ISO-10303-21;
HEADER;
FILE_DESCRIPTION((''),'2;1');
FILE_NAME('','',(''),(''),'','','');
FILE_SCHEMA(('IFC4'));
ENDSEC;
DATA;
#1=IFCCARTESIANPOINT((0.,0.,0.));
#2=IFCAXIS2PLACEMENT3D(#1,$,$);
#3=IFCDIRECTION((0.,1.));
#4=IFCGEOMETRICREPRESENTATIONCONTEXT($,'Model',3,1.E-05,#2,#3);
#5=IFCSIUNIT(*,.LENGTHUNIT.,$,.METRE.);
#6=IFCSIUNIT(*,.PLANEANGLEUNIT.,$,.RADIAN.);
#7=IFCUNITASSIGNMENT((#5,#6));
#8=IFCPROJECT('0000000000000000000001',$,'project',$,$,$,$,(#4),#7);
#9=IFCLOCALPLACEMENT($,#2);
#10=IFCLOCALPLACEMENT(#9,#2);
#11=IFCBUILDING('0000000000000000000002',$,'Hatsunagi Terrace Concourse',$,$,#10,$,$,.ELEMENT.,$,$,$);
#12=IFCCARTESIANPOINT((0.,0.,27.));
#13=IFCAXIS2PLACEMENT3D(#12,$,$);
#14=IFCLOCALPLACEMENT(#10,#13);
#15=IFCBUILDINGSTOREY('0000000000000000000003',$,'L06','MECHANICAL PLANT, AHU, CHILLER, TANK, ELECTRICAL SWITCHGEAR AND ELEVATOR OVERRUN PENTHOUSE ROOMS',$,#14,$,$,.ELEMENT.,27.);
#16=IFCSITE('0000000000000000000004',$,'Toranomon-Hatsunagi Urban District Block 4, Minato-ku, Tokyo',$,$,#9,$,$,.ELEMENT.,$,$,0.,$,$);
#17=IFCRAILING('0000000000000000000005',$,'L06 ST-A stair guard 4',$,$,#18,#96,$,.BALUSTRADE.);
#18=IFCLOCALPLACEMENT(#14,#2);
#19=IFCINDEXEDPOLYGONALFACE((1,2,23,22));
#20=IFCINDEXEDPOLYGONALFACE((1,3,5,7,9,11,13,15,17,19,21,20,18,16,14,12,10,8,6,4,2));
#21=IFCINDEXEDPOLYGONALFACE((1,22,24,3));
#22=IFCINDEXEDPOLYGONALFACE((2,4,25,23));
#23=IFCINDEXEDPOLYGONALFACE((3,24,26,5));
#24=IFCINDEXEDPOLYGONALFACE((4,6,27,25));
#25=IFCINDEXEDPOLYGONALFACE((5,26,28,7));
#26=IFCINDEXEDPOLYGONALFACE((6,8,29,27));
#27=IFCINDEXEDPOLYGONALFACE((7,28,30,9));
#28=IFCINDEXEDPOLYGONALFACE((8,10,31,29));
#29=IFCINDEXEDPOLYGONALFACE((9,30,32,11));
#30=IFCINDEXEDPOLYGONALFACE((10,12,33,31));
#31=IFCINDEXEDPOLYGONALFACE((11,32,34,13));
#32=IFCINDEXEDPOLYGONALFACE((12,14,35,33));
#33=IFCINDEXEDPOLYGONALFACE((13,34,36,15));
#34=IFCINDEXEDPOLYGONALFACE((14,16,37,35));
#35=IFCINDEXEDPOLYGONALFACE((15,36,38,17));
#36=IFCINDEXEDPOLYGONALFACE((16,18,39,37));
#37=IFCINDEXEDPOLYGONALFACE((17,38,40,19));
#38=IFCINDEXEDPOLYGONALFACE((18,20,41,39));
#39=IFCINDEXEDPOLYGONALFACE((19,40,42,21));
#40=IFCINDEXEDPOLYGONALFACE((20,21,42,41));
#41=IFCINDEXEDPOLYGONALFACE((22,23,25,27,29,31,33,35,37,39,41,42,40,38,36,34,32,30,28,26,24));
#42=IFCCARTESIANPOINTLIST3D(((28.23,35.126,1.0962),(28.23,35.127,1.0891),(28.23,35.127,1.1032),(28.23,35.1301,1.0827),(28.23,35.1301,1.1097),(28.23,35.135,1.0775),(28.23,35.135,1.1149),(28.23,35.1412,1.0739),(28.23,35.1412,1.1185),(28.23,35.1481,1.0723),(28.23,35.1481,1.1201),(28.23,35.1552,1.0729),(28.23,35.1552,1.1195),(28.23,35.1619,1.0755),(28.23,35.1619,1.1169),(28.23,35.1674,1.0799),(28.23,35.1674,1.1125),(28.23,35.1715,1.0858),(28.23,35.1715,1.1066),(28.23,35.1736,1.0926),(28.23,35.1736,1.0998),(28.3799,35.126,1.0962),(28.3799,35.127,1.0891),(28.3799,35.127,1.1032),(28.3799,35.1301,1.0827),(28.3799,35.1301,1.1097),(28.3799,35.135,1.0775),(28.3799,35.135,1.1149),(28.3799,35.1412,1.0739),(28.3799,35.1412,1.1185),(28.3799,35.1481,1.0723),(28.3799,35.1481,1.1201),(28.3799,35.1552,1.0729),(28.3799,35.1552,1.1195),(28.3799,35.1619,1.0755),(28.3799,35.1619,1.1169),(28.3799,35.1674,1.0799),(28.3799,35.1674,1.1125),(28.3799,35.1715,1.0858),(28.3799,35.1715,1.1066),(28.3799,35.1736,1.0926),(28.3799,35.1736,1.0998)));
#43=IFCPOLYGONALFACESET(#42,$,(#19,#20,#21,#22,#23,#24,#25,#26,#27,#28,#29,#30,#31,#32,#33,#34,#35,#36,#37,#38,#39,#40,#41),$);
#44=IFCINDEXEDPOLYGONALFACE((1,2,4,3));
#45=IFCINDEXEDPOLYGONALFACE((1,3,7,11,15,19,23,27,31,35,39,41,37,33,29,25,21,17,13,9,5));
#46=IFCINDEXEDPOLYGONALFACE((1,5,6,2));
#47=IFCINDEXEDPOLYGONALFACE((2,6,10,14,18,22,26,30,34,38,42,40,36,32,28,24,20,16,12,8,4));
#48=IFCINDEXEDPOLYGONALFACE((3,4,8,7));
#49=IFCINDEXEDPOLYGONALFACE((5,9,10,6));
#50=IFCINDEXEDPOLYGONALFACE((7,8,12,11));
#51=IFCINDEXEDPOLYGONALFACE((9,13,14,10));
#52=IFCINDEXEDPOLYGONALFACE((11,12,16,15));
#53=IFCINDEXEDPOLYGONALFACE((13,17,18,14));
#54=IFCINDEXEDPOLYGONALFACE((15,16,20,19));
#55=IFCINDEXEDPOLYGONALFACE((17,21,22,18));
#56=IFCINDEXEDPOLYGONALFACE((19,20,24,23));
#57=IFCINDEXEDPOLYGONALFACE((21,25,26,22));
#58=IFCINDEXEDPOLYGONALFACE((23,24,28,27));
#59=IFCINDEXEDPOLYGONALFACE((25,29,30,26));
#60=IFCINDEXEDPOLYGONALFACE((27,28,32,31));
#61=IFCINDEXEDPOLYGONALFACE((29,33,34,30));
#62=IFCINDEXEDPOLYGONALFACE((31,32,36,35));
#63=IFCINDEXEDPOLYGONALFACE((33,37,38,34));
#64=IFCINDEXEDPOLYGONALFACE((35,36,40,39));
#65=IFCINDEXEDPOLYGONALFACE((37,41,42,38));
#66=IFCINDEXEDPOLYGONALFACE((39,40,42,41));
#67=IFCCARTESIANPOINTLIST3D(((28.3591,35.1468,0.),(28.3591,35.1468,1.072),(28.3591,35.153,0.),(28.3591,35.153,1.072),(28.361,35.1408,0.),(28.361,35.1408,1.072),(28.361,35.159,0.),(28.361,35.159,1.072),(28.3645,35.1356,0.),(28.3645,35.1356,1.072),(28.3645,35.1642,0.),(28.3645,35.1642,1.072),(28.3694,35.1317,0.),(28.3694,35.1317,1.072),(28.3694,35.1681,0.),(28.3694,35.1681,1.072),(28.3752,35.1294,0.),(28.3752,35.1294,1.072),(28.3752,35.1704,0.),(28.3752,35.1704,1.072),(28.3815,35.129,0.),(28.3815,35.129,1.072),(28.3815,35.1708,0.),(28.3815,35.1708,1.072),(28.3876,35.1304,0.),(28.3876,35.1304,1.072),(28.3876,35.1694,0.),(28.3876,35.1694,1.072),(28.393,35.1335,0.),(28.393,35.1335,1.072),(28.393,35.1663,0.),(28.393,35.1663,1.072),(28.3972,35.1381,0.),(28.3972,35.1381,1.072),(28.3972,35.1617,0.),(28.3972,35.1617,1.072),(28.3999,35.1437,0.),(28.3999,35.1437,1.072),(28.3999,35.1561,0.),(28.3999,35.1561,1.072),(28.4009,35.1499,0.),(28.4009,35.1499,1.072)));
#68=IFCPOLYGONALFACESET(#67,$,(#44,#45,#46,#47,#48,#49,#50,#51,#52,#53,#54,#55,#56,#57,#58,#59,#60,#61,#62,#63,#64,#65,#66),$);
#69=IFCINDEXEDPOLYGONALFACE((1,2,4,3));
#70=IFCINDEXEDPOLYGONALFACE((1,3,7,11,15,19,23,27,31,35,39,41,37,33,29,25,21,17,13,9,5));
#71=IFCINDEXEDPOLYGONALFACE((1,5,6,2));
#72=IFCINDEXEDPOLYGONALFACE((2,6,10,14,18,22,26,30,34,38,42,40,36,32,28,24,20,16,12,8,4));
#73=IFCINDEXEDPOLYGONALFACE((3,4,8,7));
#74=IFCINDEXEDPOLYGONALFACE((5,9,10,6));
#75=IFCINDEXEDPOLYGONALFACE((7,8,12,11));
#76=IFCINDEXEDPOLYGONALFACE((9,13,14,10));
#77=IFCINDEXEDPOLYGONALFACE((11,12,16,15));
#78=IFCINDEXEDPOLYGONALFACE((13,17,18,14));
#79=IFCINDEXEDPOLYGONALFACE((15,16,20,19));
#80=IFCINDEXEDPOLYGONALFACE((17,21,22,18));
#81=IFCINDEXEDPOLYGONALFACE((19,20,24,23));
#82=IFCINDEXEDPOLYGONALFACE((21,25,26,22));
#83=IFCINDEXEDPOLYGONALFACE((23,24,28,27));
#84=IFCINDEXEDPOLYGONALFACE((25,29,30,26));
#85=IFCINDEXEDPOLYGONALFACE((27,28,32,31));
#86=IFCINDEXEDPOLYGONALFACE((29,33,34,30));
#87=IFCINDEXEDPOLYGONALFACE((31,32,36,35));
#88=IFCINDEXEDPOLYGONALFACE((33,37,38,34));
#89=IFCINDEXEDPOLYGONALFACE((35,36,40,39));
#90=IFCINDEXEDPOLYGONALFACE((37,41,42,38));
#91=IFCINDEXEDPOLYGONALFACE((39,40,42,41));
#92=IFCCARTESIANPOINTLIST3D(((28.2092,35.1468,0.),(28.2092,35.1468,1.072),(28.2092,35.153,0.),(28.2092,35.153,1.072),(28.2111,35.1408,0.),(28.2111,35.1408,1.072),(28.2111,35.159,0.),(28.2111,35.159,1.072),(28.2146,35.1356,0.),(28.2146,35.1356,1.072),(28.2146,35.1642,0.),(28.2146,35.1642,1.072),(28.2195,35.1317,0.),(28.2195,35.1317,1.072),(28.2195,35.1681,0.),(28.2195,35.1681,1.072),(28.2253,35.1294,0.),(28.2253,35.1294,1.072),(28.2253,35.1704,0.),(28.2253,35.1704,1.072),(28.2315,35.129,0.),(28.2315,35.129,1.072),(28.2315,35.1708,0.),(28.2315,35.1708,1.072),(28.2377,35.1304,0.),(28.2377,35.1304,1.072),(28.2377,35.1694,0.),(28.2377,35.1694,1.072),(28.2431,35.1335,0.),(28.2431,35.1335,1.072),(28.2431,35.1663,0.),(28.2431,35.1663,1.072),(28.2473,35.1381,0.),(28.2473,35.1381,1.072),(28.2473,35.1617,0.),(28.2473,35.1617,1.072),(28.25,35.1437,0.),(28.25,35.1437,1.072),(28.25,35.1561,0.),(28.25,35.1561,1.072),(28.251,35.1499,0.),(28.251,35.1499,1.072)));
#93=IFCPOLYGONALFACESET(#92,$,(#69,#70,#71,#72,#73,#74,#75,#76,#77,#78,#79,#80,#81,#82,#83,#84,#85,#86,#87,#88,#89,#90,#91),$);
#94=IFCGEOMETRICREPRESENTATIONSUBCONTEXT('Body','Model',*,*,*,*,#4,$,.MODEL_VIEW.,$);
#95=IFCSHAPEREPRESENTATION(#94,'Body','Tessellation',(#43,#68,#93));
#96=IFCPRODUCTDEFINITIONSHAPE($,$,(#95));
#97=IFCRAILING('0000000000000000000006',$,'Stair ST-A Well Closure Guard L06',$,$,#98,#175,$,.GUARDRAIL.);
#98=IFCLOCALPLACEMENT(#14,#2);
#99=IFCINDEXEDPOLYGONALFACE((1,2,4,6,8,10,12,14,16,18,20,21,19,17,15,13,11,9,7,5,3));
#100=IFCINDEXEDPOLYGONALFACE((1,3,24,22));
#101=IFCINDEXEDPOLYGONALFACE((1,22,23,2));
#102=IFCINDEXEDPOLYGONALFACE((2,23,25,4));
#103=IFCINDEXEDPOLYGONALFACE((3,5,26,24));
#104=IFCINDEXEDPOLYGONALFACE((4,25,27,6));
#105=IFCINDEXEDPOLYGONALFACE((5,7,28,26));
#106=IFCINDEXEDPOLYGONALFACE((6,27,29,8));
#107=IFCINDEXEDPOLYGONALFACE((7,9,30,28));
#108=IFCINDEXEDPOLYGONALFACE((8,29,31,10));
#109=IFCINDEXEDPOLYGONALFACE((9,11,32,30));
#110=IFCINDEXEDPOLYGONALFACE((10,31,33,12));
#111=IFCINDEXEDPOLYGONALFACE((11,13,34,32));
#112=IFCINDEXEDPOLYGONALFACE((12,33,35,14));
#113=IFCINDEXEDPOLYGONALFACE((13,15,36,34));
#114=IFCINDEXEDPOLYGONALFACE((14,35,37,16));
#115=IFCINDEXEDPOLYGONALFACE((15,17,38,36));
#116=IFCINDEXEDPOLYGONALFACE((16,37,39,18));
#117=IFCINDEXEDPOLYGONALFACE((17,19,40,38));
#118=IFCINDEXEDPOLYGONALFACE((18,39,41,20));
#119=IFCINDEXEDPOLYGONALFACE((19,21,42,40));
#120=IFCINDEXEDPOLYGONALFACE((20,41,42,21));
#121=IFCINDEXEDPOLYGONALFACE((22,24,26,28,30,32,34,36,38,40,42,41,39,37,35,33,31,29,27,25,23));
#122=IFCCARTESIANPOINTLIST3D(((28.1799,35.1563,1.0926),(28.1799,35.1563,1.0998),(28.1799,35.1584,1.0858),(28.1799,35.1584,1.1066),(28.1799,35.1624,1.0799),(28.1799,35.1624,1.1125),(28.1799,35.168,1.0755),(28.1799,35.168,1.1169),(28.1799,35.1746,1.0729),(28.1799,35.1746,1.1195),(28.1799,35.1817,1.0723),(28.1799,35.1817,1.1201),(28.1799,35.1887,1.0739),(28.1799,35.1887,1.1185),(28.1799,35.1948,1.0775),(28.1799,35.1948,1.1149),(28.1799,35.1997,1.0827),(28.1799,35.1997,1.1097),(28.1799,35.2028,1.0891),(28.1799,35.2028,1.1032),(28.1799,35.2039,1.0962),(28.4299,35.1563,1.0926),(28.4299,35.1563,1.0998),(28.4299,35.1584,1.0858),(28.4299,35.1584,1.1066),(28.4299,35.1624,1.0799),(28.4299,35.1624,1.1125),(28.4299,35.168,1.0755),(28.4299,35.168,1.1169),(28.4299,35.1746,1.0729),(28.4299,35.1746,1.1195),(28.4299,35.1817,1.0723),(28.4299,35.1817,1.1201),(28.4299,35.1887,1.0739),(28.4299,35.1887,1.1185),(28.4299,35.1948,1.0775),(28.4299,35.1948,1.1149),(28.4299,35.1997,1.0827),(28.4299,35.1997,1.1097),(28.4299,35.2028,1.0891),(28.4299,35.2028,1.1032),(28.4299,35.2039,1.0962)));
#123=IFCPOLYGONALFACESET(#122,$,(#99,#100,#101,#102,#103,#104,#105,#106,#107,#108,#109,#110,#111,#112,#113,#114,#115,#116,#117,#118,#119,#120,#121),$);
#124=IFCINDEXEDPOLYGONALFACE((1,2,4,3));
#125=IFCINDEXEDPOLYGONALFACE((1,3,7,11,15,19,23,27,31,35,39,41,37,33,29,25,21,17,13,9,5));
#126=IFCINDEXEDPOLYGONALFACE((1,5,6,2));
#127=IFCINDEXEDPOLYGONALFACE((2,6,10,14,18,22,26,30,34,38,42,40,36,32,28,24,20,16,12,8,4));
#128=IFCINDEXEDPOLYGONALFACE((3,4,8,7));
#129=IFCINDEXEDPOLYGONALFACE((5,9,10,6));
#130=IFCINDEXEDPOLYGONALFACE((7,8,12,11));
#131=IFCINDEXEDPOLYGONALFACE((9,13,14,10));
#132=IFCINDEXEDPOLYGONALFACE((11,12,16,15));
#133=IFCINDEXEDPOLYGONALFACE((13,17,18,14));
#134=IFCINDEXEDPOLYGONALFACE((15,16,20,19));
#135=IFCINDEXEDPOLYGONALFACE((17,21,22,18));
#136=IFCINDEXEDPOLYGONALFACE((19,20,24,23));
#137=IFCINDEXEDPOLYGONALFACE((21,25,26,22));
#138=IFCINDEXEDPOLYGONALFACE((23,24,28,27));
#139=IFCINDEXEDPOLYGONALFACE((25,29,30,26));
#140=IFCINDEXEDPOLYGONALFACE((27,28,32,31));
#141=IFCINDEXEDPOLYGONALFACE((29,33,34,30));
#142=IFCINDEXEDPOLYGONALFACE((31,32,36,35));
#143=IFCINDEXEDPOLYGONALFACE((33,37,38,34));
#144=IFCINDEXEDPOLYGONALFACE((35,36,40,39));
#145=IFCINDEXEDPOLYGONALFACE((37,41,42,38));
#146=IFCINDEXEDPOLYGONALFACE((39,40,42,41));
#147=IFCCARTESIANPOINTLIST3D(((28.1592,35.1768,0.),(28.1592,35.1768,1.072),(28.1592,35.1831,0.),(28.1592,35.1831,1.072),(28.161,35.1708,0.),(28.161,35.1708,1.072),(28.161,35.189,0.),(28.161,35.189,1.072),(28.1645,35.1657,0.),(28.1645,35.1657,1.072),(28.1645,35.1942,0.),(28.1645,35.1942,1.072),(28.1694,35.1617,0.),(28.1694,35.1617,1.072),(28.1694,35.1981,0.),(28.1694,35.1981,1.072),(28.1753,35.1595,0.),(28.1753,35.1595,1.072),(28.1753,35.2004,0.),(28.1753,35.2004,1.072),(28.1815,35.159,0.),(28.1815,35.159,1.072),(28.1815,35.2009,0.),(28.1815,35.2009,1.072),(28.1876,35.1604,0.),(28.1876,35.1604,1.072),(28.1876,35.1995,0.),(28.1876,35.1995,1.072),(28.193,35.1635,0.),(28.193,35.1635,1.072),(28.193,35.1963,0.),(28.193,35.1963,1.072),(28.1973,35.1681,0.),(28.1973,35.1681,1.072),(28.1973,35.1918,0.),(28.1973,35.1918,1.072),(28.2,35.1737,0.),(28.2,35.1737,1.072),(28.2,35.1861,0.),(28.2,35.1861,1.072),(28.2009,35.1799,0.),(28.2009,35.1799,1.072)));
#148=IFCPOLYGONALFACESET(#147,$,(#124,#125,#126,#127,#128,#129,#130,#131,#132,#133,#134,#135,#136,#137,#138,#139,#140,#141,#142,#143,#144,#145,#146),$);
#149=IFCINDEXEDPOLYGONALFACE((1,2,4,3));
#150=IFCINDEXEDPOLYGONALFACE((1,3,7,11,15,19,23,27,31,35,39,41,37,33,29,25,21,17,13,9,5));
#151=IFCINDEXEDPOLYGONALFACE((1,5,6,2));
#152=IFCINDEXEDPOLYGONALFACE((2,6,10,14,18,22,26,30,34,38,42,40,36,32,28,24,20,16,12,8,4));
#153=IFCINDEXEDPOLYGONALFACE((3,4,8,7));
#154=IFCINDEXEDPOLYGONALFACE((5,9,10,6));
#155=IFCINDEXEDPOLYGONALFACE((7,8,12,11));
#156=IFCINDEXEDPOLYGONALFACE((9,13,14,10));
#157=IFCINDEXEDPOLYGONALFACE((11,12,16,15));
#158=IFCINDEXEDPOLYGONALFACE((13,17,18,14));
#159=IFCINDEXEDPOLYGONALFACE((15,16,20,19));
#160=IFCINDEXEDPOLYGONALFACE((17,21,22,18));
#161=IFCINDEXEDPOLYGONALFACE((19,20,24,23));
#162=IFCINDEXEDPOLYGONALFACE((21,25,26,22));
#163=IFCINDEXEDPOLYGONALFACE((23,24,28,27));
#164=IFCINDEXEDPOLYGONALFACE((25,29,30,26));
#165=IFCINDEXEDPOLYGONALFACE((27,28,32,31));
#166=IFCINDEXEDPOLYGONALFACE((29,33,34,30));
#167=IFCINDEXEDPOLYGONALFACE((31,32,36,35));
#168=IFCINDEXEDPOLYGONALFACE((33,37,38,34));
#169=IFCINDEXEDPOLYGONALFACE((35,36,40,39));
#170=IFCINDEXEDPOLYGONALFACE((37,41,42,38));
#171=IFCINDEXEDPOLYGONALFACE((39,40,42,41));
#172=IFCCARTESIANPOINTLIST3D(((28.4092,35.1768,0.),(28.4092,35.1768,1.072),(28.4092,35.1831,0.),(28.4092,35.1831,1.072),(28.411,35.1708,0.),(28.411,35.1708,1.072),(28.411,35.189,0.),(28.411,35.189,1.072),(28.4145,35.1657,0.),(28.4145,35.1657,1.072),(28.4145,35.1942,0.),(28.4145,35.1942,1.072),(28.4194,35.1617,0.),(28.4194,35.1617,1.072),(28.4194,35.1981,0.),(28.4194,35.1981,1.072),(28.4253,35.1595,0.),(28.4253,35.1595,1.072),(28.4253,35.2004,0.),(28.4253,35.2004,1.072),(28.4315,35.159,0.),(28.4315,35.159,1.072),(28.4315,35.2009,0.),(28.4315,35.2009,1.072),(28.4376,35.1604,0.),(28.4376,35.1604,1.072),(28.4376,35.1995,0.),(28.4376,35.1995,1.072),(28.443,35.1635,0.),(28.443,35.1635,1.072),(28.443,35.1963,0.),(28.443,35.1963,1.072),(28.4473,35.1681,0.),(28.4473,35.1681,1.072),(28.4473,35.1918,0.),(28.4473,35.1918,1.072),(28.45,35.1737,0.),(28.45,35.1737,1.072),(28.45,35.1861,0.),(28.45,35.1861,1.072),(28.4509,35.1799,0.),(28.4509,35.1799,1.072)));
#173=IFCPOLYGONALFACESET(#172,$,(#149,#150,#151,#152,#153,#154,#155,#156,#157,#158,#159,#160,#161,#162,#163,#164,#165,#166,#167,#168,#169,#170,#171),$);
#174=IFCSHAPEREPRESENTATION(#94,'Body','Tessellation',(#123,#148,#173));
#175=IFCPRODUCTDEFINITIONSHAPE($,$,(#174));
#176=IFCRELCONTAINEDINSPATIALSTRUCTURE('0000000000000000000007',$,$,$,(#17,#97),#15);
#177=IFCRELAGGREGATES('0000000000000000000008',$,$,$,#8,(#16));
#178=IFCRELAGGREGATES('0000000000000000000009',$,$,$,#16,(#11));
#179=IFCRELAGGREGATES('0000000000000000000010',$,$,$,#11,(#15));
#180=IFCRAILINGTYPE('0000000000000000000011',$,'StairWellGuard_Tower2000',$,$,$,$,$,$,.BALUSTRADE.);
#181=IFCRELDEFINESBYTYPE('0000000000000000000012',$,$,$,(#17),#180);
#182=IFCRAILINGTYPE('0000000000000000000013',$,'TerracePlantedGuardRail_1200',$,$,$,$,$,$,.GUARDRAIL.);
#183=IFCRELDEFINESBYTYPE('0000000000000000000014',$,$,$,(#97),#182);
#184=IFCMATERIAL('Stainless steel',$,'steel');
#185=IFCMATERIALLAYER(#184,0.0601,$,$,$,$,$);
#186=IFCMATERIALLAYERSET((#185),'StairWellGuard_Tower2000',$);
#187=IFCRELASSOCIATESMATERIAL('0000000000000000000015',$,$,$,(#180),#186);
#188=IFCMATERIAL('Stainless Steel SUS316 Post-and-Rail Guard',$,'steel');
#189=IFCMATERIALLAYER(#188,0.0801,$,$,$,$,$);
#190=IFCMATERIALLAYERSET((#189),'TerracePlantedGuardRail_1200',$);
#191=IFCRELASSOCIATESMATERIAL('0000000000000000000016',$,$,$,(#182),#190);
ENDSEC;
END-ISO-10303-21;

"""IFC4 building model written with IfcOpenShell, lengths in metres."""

from ifc_helpers import new_model, si_unit, direction, frame, origin, origin_2d, place, context, subcontext, project, spatial, circle, extrude, material, layer, layer_set, type_object, element, save


model = new_model("IFC4")

# Units and contexts
model_context = context("Model", 3, precision=1e-05, world=origin(), true_north=direction((0.0, 1.0)))
body_context = subcontext(model_context, "Body", "Model", "MODEL_VIEW")
ifc_project = project(units=[si_unit("LENGTHUNIT", "METRE"), si_unit("PLANEANGLEUNIT", "RADIAN")], contexts=[model_context])

# Site, building, storey
site_placement = place(None, origin())
site = spatial("IfcSite", under=ifc_project, at=site_placement, Name="Toranomon-Hatsunagi Urban District Block 4, Minato-ku, Tokyo", CompositionType="ELEMENT", RefElevation=0.0)
building_placement = place(site_placement, origin())
building = spatial("IfcBuilding", under=site, at=building_placement, Name="Hatsunagi Terrace Concourse", CompositionType="ELEMENT")
storey_placement = place(building_placement, frame((0.0, 0.0, 27.0)))
storey = spatial("IfcBuildingStorey", under=building, at=storey_placement, Name="L06", Description="MECHANICAL PLANT, AHU, CHILLER, TANK, ELECTRICAL SWITCHGEAR AND ELEVATOR OVERRUN PENTHOUSE ROOMS", CompositionType="ELEMENT", Elevation=27.0)

# Railings
ifc_material_1 = material(Name="Stainless steel", Category="steel")
ifc_layer_1 = layer(ifc_material_1, 0.0601)
ifc_layer_set_1 = layer_set([ifc_layer_1], Name="StairWellGuard_Tower2000")
railing_type_1 = type_object("IfcRailingType", Name="StairWellGuard_Tower2000", PredefinedType="BALUSTRADE", material=ifc_layer_set_1)
railing_1_placement = place(storey_placement, frame((28.3799, 35.1499, 0.0)))
element("IfcRailing", 1, at=railing_1_placement, inside=storey, type_object=railing_type_1, Name="L06 ST-A stair guard 4", PredefinedType="BALUSTRADE", context=body_context, shape_type="SweptSolid", body=[
    extrude(circle(Radius=0.0239, at=origin_2d()), frame((0.0, 0.0, 1.0962), z_axis=(-1.0, 0.0, 0.0), x_axis=(0.0, -1.0, 0.0)), (0.0, 0.0, 1.0), 0.1499),
    extrude(circle(Radius=0.021, at=origin_2d()), origin(), (0.0, 0.0, 1.0), 1.072),
    extrude(circle(Radius=0.021, at=origin_2d()), frame((-0.1499, 0.0, 0.0)), (0.0, 0.0, 1.0), 1.072),
])
ifc_material_2 = material(Name="Stainless Steel SUS316 Post-and-Rail Guard", Category="steel")
ifc_layer_2 = layer(ifc_material_2, 0.0801)
ifc_layer_set_2 = layer_set([ifc_layer_2], Name="TerracePlantedGuardRail_1200")
railing_type_2 = type_object("IfcRailingType", Name="TerracePlantedGuardRail_1200", PredefinedType="GUARDRAIL", material=ifc_layer_set_2)
railing_2_placement = place(storey_placement, frame((28.1799, 35.1799, 0.0)))
element("IfcRailing", 2, at=railing_2_placement, inside=storey, type_object=railing_type_2, Name="Stair ST-A Well Closure Guard L06", PredefinedType="GUARDRAIL", context=body_context, shape_type="SweptSolid", body=[
    extrude(circle(Radius=0.0239, at=origin_2d()), frame((0.0, 0.0, 1.0962), z_axis=(1.0, 0.0, 0.0), x_axis=(0.0, 1.0, 0.0)), (0.0, 0.0, 1.0), 0.25),
    extrude(circle(Radius=0.021, at=origin_2d()), origin(), (0.0, 0.0, 1.0), 1.072),
    extrude(circle(Radius=0.021, at=origin_2d()), frame((0.25, 0.0, 0.0)), (0.0, 0.0, 1.0), 1.072),
])

save(model, "model.ifc")
